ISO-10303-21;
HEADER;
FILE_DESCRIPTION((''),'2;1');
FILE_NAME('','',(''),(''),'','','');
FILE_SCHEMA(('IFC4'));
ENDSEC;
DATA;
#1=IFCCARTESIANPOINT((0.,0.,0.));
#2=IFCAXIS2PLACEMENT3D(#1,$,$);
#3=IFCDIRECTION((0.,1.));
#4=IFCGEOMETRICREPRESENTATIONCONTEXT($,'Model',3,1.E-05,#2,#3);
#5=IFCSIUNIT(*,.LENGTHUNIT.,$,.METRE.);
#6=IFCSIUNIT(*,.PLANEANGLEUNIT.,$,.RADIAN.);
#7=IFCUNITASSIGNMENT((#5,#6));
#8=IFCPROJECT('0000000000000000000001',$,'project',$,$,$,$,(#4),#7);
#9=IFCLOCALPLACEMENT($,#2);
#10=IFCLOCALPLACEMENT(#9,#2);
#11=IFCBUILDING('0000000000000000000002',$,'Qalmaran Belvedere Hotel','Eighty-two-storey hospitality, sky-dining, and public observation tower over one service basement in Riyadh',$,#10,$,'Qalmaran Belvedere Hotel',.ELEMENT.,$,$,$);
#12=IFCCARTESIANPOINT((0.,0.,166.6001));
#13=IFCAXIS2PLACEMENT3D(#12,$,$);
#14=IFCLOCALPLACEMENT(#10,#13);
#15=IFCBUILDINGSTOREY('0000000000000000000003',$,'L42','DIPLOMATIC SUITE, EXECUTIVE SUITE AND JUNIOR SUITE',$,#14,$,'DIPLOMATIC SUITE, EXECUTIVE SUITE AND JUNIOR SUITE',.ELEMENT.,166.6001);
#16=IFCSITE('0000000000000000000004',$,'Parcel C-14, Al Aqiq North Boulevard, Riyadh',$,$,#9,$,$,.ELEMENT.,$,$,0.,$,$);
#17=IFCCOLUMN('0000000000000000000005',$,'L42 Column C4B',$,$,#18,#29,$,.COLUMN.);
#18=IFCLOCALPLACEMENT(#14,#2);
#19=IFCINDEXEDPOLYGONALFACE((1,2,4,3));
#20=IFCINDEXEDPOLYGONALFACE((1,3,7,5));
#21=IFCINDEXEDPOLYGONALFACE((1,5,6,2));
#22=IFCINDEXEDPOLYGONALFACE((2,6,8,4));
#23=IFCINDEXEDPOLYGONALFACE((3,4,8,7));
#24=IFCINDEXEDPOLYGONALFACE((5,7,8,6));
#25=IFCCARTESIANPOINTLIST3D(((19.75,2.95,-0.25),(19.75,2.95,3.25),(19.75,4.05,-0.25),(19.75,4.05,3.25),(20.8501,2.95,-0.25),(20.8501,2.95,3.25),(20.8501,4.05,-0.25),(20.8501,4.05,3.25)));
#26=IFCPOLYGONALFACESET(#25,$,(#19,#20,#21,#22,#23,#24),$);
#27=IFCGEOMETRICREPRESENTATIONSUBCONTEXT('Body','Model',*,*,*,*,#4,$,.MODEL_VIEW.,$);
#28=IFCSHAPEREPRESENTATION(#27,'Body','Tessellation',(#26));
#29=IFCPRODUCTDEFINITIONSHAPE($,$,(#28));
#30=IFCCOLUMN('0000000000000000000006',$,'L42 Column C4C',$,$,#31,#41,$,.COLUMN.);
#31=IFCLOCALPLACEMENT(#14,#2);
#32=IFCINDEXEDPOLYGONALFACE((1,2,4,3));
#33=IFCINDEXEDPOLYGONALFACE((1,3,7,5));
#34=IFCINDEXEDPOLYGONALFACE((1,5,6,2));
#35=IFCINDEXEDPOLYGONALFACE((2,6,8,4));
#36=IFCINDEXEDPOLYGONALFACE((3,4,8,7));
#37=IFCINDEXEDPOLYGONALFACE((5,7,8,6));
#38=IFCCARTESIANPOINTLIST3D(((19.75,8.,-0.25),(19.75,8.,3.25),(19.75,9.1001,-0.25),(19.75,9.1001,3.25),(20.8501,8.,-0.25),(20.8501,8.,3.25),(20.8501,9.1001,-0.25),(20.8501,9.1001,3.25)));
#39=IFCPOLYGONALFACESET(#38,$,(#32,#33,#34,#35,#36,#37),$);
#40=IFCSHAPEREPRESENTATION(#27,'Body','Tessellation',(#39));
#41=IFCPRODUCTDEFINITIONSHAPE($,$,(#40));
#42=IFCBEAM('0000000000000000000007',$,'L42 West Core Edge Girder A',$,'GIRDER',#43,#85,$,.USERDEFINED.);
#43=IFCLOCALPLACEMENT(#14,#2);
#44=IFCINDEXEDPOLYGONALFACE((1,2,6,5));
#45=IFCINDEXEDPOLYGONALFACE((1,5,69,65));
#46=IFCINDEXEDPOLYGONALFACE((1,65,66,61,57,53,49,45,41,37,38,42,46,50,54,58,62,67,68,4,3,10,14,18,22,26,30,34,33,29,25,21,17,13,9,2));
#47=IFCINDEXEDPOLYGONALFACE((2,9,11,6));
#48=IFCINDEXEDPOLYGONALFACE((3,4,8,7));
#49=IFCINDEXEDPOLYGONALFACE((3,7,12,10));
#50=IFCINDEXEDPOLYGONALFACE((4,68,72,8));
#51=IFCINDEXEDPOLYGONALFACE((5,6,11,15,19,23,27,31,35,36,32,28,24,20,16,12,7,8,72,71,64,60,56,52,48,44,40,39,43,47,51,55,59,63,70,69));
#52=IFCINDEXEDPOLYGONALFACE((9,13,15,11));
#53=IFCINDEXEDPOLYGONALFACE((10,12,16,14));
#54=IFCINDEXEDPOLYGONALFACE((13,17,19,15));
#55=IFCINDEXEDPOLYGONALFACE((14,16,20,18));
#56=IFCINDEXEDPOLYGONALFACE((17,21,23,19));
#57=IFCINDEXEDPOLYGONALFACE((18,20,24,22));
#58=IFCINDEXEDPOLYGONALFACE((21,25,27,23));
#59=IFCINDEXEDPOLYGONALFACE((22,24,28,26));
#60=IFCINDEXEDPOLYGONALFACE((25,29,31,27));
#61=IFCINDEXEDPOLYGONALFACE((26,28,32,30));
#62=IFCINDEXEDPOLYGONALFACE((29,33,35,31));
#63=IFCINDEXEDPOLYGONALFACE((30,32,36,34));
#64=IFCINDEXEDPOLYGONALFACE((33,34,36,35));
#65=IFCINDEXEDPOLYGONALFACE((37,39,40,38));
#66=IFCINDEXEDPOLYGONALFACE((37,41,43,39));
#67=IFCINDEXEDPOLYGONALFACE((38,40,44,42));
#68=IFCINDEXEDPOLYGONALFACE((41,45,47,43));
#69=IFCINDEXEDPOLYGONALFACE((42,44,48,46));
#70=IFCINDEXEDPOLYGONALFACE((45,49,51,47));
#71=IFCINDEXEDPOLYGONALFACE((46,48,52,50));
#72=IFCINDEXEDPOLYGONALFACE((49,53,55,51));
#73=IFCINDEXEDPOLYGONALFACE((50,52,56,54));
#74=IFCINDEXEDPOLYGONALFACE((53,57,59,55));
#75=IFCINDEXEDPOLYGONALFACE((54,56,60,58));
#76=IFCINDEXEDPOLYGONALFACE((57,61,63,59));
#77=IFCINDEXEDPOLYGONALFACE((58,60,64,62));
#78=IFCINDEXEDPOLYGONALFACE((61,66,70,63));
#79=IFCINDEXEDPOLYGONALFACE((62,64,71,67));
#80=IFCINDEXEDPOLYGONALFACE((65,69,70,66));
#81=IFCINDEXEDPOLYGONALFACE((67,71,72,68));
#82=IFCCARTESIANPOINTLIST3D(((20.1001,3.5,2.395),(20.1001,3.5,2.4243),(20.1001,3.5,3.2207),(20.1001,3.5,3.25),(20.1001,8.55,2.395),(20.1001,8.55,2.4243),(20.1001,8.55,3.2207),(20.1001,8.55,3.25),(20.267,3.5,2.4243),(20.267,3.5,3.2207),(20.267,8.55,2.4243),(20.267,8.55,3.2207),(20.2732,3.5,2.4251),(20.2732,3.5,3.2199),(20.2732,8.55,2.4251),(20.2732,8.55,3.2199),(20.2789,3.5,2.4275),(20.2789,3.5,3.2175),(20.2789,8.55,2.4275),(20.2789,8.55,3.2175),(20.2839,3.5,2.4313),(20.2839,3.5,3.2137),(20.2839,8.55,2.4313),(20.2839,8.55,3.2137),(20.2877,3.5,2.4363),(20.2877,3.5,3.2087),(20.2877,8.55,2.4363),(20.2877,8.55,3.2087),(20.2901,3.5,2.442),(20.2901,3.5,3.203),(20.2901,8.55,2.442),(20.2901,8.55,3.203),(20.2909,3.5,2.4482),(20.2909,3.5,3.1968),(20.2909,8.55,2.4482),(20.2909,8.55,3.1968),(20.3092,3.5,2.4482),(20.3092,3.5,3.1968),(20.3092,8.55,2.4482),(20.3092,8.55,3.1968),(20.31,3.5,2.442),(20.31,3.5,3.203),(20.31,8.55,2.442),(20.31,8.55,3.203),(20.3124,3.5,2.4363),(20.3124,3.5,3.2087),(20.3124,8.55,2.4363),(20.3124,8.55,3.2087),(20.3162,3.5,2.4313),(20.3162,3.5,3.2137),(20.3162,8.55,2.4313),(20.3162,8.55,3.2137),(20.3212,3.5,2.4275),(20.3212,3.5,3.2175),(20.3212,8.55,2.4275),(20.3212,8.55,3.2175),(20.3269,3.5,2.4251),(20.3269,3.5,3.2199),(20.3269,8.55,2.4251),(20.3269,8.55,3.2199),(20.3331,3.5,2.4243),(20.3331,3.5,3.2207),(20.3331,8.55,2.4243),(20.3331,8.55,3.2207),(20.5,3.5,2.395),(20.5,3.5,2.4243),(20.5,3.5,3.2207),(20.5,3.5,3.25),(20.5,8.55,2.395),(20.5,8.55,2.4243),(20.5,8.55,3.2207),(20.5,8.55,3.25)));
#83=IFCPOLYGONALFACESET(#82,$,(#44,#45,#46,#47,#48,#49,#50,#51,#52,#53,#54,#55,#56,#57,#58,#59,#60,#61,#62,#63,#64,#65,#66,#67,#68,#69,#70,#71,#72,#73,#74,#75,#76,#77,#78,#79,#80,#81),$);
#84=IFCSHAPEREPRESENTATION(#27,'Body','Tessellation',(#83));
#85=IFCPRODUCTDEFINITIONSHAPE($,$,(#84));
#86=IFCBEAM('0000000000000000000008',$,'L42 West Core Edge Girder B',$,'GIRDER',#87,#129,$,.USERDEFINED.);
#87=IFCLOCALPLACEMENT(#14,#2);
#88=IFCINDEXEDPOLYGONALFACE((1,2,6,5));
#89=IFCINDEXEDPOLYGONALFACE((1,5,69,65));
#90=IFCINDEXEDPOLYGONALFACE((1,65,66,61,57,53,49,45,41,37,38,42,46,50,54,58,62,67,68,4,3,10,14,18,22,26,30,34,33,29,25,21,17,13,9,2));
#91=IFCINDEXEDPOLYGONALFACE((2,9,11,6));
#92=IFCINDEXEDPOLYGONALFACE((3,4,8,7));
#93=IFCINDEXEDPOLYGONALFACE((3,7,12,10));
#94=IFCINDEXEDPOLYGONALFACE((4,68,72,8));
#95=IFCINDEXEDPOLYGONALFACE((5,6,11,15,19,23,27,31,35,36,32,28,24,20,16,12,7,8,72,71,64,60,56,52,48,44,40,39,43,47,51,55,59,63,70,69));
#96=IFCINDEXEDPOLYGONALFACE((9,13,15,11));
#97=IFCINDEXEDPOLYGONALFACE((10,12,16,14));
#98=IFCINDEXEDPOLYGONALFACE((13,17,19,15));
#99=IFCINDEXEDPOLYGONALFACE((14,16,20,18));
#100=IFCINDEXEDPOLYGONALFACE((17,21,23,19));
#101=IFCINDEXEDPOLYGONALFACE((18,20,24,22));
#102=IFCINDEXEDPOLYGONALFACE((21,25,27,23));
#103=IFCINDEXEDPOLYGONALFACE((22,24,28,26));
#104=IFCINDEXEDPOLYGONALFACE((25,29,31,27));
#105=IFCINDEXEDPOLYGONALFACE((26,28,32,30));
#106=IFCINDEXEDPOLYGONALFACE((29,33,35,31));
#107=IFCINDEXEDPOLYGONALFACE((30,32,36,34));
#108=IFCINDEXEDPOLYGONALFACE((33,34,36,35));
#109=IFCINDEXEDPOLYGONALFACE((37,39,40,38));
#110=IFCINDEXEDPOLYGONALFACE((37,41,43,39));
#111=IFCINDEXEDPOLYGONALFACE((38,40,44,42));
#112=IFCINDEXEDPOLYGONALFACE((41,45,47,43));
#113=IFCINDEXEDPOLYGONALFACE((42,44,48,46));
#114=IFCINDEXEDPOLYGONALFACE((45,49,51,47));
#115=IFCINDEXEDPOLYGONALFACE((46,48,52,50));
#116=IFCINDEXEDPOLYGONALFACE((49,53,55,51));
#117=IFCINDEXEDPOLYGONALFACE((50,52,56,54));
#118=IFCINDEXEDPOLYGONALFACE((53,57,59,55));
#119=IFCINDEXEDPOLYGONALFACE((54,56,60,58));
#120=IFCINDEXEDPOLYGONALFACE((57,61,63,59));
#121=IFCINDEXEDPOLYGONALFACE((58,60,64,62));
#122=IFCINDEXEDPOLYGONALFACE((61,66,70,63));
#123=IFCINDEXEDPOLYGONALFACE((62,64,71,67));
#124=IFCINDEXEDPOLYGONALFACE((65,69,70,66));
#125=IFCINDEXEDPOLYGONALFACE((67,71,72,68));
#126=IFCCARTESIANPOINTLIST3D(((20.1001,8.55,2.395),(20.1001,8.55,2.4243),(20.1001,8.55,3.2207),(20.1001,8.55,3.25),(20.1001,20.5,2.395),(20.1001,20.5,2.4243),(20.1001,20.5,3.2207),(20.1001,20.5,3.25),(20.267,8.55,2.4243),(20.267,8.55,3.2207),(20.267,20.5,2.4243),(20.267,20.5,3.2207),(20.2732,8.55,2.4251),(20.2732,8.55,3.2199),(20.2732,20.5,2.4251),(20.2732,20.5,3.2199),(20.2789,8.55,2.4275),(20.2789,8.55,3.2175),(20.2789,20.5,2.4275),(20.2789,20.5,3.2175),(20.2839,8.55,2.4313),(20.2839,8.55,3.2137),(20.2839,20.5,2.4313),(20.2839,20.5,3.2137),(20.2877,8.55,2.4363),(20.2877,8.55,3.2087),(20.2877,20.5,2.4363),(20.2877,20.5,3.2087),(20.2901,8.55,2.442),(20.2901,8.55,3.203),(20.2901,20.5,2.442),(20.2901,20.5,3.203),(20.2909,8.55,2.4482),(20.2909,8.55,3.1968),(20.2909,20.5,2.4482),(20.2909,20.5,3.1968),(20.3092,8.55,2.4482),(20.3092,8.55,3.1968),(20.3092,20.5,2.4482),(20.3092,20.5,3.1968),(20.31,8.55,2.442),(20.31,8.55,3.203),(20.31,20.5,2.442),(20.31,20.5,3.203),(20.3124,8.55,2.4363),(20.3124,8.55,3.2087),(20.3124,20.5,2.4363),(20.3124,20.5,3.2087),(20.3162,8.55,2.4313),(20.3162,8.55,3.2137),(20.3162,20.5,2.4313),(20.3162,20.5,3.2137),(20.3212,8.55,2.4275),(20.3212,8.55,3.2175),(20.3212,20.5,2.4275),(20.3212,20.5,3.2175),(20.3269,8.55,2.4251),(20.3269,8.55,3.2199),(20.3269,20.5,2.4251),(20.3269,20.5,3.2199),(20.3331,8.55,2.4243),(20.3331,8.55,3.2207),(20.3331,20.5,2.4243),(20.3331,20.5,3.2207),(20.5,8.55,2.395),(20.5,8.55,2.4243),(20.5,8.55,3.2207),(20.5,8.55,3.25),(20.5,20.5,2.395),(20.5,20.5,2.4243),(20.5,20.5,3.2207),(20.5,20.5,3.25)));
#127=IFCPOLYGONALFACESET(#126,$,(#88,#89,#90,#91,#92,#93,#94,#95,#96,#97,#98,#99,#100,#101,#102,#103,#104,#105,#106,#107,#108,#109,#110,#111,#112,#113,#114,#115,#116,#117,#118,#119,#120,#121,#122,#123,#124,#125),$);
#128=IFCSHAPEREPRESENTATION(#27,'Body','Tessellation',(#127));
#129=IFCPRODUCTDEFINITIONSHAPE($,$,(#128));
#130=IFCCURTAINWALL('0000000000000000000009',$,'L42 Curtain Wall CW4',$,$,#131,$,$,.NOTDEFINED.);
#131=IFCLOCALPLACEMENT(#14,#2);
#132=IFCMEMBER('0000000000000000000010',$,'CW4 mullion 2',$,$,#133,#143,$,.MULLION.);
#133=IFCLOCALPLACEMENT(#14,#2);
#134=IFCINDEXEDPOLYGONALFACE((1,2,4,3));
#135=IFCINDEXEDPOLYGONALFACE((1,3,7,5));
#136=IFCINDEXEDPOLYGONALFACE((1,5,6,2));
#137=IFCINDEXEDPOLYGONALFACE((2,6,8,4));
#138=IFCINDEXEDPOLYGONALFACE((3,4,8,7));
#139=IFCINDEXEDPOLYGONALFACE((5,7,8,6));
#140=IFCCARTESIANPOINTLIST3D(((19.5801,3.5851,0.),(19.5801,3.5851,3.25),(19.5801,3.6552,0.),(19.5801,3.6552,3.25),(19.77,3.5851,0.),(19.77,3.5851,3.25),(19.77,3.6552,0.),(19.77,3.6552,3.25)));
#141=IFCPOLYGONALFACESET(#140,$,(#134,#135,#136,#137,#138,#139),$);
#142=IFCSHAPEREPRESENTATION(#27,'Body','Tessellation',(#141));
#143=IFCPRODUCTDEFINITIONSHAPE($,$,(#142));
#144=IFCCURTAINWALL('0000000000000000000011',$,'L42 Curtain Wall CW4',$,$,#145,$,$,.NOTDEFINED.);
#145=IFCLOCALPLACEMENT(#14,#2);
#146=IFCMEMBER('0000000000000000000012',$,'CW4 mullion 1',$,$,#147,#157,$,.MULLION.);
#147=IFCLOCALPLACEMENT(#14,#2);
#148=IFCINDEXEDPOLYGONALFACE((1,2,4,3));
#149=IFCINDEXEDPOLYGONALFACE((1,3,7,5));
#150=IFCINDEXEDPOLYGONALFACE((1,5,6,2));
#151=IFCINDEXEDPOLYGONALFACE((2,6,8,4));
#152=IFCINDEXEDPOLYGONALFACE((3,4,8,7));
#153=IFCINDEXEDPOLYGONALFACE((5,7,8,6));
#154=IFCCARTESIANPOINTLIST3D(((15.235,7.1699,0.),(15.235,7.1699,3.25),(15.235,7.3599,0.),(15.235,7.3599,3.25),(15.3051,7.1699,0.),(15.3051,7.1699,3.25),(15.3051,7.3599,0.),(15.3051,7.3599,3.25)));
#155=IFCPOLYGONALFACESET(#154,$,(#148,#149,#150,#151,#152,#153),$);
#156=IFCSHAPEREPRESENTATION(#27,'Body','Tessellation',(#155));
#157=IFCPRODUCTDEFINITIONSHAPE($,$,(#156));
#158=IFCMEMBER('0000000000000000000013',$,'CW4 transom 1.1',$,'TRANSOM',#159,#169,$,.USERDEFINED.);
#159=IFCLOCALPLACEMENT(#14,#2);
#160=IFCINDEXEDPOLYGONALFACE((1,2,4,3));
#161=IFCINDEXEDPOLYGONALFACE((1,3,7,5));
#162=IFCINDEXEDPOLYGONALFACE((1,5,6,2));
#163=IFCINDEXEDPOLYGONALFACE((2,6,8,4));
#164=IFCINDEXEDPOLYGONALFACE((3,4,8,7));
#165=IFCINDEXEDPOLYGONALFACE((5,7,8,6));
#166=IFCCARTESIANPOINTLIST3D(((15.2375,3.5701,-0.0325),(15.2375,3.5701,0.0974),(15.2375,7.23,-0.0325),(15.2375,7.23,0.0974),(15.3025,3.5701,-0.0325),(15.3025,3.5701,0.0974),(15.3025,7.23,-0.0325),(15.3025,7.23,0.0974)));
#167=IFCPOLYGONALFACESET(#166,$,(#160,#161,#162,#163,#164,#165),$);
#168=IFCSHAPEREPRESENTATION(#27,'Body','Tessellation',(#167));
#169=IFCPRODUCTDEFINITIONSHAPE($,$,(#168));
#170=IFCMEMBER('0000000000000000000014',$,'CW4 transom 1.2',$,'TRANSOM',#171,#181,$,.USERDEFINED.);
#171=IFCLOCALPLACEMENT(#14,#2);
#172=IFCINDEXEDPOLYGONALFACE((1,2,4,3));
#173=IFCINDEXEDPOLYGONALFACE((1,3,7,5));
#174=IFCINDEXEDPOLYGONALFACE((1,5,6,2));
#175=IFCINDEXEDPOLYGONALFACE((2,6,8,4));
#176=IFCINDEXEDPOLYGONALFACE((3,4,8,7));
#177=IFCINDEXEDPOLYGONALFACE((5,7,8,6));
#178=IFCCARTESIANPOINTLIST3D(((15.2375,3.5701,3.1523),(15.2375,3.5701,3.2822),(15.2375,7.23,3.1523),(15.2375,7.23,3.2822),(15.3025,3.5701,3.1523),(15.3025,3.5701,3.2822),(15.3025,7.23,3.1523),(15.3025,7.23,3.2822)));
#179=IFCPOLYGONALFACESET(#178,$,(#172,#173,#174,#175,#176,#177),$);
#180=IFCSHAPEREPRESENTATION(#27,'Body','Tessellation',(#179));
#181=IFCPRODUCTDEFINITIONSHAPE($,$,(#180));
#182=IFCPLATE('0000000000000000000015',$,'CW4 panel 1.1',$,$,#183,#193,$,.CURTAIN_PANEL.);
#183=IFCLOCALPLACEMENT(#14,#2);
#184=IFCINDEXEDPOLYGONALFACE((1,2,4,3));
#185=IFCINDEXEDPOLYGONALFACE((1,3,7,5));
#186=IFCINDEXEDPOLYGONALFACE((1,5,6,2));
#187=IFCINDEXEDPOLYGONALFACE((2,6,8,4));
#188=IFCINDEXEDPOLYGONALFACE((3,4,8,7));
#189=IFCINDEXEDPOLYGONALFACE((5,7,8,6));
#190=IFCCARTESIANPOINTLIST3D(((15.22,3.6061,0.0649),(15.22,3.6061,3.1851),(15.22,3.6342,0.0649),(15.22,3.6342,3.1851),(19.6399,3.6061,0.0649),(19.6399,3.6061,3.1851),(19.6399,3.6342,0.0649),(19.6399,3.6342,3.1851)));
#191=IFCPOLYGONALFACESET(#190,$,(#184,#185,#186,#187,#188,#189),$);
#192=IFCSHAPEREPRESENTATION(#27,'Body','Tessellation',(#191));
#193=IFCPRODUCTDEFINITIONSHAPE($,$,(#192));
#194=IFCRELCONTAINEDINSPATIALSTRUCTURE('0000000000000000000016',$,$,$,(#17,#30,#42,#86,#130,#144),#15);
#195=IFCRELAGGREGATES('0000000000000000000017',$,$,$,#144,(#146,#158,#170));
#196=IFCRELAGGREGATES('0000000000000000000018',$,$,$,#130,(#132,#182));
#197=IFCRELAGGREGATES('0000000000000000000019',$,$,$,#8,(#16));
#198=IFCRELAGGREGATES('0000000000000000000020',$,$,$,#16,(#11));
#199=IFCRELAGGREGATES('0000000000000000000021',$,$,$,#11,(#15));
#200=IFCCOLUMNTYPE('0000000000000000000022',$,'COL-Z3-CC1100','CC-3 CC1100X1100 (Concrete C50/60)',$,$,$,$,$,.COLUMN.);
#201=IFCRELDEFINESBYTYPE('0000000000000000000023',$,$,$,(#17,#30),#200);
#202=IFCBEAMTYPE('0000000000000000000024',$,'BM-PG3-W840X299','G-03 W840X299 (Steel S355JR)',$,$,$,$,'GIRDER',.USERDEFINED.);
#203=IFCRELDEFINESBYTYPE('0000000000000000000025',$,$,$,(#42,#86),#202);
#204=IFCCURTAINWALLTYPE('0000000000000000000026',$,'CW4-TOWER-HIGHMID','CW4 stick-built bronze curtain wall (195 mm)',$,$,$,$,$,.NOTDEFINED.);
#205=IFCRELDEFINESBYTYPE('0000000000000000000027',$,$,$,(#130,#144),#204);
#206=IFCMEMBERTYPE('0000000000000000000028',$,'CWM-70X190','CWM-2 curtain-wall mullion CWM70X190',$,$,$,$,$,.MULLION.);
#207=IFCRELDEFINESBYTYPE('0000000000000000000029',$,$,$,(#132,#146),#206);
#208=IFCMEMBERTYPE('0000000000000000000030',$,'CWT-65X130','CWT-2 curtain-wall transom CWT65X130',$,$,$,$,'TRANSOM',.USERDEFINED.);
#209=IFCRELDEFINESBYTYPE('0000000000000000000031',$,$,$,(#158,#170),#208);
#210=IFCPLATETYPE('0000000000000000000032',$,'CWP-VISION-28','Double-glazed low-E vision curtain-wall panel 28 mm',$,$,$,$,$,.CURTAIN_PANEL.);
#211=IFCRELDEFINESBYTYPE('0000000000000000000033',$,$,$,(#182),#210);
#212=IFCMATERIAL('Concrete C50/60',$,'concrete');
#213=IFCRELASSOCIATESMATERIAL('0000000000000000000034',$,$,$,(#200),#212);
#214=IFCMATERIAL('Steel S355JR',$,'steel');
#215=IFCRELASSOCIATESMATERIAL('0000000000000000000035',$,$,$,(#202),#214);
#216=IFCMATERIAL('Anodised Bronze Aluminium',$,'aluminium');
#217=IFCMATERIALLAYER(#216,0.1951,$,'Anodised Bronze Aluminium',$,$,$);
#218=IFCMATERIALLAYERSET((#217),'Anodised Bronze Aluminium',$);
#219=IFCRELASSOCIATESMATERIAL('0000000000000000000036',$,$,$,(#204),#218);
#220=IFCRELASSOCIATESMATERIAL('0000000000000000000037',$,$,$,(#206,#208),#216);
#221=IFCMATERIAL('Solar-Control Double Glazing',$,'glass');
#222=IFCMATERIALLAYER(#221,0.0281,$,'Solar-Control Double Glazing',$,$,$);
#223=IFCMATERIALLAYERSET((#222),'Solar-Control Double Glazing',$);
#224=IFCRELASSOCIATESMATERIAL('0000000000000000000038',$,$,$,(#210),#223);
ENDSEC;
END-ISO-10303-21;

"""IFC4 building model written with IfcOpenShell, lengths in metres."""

from ifc_helpers import new_model, si_unit, direction, frame, origin, origin_2d, place, context, subcontext, project, spatial, rectangle, i_section, extrude, material, layer, layer_set, material_profile, profile_set, type_object, element, aggregate, save


model = new_model("IFC4")

# Units and contexts
model_context = context("Model", 3, precision=1e-05, world=origin(), true_north=direction((0.0, 1.0)))
body_context = subcontext(model_context, "Body", "Model", "MODEL_VIEW")
ifc_project = project(units=[si_unit("LENGTHUNIT", "METRE"), si_unit("PLANEANGLEUNIT", "RADIAN")], contexts=[model_context])

# Site, building, storey
site_placement = place(None, origin())
site = spatial("IfcSite", under=ifc_project, at=site_placement, Name="Parcel C-14, Al Aqiq North Boulevard, Riyadh", CompositionType="ELEMENT", RefElevation=0.0)
building_placement = place(site_placement, origin())
building = spatial("IfcBuilding", under=site, at=building_placement, Name="Qalmaran Belvedere Hotel", Description="Eighty-two-storey hospitality, sky-dining, and public observation tower over one service basement in Riyadh", LongName="Qalmaran Belvedere Hotel", CompositionType="ELEMENT")
storey_placement = place(building_placement, frame((0.0, 0.0, 166.6001)))
storey = spatial("IfcBuildingStorey", under=building, at=storey_placement, Name="L42", Description="DIPLOMATIC SUITE, EXECUTIVE SUITE AND JUNIOR SUITE", LongName="DIPLOMATIC SUITE, EXECUTIVE SUITE AND JUNIOR SUITE", CompositionType="ELEMENT", Elevation=166.6001)

# Columns
ifc_material_1 = material(Name="Concrete C50/60", Category="concrete")
ifc_material_profile_1 = material_profile(ifc_material_1, rectangle(XDim=1.1001, YDim=1.1001, at=origin_2d()), Name="CC1100X1100")
ifc_profile_set_1 = profile_set([ifc_material_profile_1], Name="Concrete C50/60")
column_type = type_object("IfcColumnType", Name="COL-Z3-CC1100", Description="CC-3 CC1100X1100 (Concrete C50/60)", PredefinedType="COLUMN", material=ifc_profile_set_1)
for number, where, z_axis, x_axis, name in (
    (1, (20.3, 3.5, -0.25), (0.0, 0.0, 1.0), (1.0, 0.0, 0.0), "L42 Column C4B"),
    (2, (20.3, 8.55, -0.25), (0.0, 0.0, 1.0), (1.0, 0.0, 0.0), "L42 Column C4C"),
):
    element("IfcColumn", number, at=place(storey_placement, frame(where, z_axis=z_axis, x_axis=x_axis)), inside=storey, type_object=column_type, Name=name, PredefinedType="COLUMN", context=body_context, shape_type="SweptSolid", body=[
        extrude(rectangle(XDim=1.1001, YDim=1.1001, at=origin_2d()), origin(), (0.0, 0.0, 1.0), 3.5),
    ])

# Beams
ifc_material_2 = material(Name="Steel S355JR", Category="steel")
ifc_material_profile_2 = material_profile(ifc_material_2, i_section(OverallWidth=0.3999, OverallDepth=0.855, WebThickness=0.0183, FlangeThickness=0.0293, FilletRadius=0.0239, at=origin_2d()), Name="W840X299")
ifc_profile_set_2 = profile_set([ifc_material_profile_2], Name="Steel S355JR")
beam_type = type_object("IfcBeamType", Name="BM-PG3-W840X299", Description="G-03 W840X299 (Steel S355JR)", ElementType="GIRDER", PredefinedType="USERDEFINED", material=ifc_profile_set_2)
beam_1_placement = place(storey_placement, frame((20.3, 3.5, 2.8225), z_axis=(0.0, 1.0, 0.0), x_axis=(-1.0, 0.0, 0.0)))
element("IfcBeam", 3, at=beam_1_placement, inside=storey, type_object=beam_type, Name="L42 West Core Edge Girder A", ObjectType="GIRDER", PredefinedType="USERDEFINED", context=body_context, shape_type="SweptSolid", body=[
    extrude(i_section(OverallWidth=0.3999, OverallDepth=0.855, WebThickness=0.0183, FlangeThickness=0.0293, FilletRadius=0.0239, at=origin_2d()), origin(), (0.0, 0.0, 1.0), 5.05),
])
beam_2_placement = place(storey_placement, frame((20.3, 8.55, 2.8225), z_axis=(0.0, 1.0, 0.0), x_axis=(-1.0, 0.0, 0.0)))
element("IfcBeam", 4, at=beam_2_placement, inside=storey, type_object=beam_type, Name="L42 West Core Edge Girder B", ObjectType="GIRDER", PredefinedType="USERDEFINED", context=body_context, shape_type="SweptSolid", body=[
    extrude(i_section(OverallWidth=0.3999, OverallDepth=0.855, WebThickness=0.0183, FlangeThickness=0.0293, FilletRadius=0.0239, at=origin_2d()), origin(), (0.0, 0.0, 1.0), 11.95),
])

# Curtain wall, member
ifc_material_3 = material(Name="Anodised Bronze Aluminium", Category="aluminium")
ifc_layer_1 = layer(ifc_material_3, 0.1951, Name="Anodised Bronze Aluminium")
ifc_layer_set_1 = layer_set([ifc_layer_1], Name="Anodised Bronze Aluminium")
curtain_wall_type = type_object("IfcCurtainWallType", Name="CW4-TOWER-HIGHMID", Description="CW4 stick-built bronze curtain wall (195 mm)", PredefinedType="NOTDEFINED", material=ifc_layer_set_1)
curtain_wall_1_placement = place(storey_placement, origin())
curtain_wall_1 = element("IfcCurtainWall", 5, at=curtain_wall_1_placement, inside=storey, type_object=curtain_wall_type, Name="L42 Curtain Wall CW4", PredefinedType="NOTDEFINED")
ifc_material_profile_3 = material_profile(ifc_material_3, rectangle(XDim=0.0701, YDim=0.1899, at=origin_2d()), Name="CWM70X190")
ifc_profile_set_3 = profile_set([ifc_material_profile_3], Name="Anodised Bronze Aluminium")
member_type_1 = type_object("IfcMemberType", Name="CWM-70X190", Description="CWM-2 curtain-wall mullion CWM70X190", PredefinedType="MULLION", material=ifc_profile_set_3)
member_1_placement = place(storey_placement, frame((19.675, 3.6201, 0.0), z_axis=(0.0, 0.0, 1.0), x_axis=(0.0, 1.0, 0.0)))
member_1 = element("IfcMember", 6, at=member_1_placement, type_object=member_type_1, Name="CW4 mullion 2", PredefinedType="MULLION", context=body_context, shape_type="SweptSolid", body=[
    extrude(rectangle(XDim=0.0701, YDim=0.1899, at=origin_2d()), origin(), (0.0, 0.0, 1.0), 3.25),
])

# Curtain wall, members
curtain_wall_2_placement = place(storey_placement, origin())
curtain_wall_2 = element("IfcCurtainWall", 7, at=curtain_wall_2_placement, inside=storey, type_object=curtain_wall_type, Name="L42 Curtain Wall CW4", PredefinedType="NOTDEFINED")
member_2_placement = place(storey_placement, frame((15.27, 7.2649, 0.0), z_axis=(0.0, 0.0, 1.0), x_axis=(1.0, 0.0, 0.0)))
member_2 = element("IfcMember", 8, at=member_2_placement, type_object=member_type_1, Name="CW4 mullion 1", PredefinedType="MULLION", context=body_context, shape_type="SweptSolid", body=[
    extrude(rectangle(XDim=0.0701, YDim=0.1899, at=origin_2d()), origin(), (0.0, 0.0, 1.0), 3.25),
])
ifc_material_profile_4 = material_profile(ifc_material_3, rectangle(XDim=0.0649, YDim=0.1299, at=origin_2d()), Name="CWT65X130")
ifc_profile_set_4 = profile_set([ifc_material_profile_4], Name="Anodised Bronze Aluminium")
member_type_2 = type_object("IfcMemberType", Name="CWT-65X130", Description="CWT-2 curtain-wall transom CWT65X130", ElementType="TRANSOM", PredefinedType="USERDEFINED", material=ifc_profile_set_4)
member_3_placement = place(storey_placement, frame((15.27, 7.23, 0.0325), z_axis=(0.0, -1.0, 0.0), x_axis=(1.0, 0.0, 0.0)))
member_3 = element("IfcMember", 9, at=member_3_placement, type_object=member_type_2, Name="CW4 transom 1.1", ObjectType="TRANSOM", PredefinedType="USERDEFINED", context=body_context, shape_type="SweptSolid", body=[
    extrude(rectangle(XDim=0.0649, YDim=0.1299, at=origin_2d()), origin(), (0.0, 0.0, 1.0), 3.6599),
])
member_4_placement = place(storey_placement, frame((15.27, 7.23, 3.2173), z_axis=(0.0, -1.0, 0.0), x_axis=(1.0, 0.0, 0.0)))
member_4 = element("IfcMember", 10, at=member_4_placement, type_object=member_type_2, Name="CW4 transom 1.2", ObjectType="TRANSOM", PredefinedType="USERDEFINED", context=body_context, shape_type="SweptSolid", body=[
    extrude(rectangle(XDim=0.0649, YDim=0.1299, at=origin_2d()), origin(), (0.0, 0.0, 1.0), 3.6599),
])
aggregate(curtain_wall_2, [member_2, member_3, member_4])

# Plate
ifc_material_4 = material(Name="Solar-Control Double Glazing", Category="glass")
ifc_layer_2 = layer(ifc_material_4, 0.0281, Name="Solar-Control Double Glazing")
ifc_layer_set_2 = layer_set([ifc_layer_2], Name="Solar-Control Double Glazing")
plate_type = type_object("IfcPlateType", Name="CWP-VISION-28", Description="Double-glazed low-E vision curtain-wall panel 28 mm", PredefinedType="CURTAIN_PANEL", material=ifc_layer_set_2)
plate_placement = place(storey_placement, frame((17.4299, 3.6201, 0.0649), z_axis=(0.0, 0.0, 1.0), x_axis=(1.0, 0.0, 0.0)))
plate = element("IfcPlate", 11, at=plate_placement, type_object=plate_type, Name="CW4 panel 1.1", PredefinedType="CURTAIN_PANEL", context=body_context, shape_type="SweptSolid", body=[
    extrude(rectangle(XDim=4.4199, YDim=0.0281, at=origin_2d()), origin(), (0.0, 0.0, 1.0), 3.1201),
])
aggregate(curtain_wall_1, [member_1, plate])

save(model, "model.ifc")
